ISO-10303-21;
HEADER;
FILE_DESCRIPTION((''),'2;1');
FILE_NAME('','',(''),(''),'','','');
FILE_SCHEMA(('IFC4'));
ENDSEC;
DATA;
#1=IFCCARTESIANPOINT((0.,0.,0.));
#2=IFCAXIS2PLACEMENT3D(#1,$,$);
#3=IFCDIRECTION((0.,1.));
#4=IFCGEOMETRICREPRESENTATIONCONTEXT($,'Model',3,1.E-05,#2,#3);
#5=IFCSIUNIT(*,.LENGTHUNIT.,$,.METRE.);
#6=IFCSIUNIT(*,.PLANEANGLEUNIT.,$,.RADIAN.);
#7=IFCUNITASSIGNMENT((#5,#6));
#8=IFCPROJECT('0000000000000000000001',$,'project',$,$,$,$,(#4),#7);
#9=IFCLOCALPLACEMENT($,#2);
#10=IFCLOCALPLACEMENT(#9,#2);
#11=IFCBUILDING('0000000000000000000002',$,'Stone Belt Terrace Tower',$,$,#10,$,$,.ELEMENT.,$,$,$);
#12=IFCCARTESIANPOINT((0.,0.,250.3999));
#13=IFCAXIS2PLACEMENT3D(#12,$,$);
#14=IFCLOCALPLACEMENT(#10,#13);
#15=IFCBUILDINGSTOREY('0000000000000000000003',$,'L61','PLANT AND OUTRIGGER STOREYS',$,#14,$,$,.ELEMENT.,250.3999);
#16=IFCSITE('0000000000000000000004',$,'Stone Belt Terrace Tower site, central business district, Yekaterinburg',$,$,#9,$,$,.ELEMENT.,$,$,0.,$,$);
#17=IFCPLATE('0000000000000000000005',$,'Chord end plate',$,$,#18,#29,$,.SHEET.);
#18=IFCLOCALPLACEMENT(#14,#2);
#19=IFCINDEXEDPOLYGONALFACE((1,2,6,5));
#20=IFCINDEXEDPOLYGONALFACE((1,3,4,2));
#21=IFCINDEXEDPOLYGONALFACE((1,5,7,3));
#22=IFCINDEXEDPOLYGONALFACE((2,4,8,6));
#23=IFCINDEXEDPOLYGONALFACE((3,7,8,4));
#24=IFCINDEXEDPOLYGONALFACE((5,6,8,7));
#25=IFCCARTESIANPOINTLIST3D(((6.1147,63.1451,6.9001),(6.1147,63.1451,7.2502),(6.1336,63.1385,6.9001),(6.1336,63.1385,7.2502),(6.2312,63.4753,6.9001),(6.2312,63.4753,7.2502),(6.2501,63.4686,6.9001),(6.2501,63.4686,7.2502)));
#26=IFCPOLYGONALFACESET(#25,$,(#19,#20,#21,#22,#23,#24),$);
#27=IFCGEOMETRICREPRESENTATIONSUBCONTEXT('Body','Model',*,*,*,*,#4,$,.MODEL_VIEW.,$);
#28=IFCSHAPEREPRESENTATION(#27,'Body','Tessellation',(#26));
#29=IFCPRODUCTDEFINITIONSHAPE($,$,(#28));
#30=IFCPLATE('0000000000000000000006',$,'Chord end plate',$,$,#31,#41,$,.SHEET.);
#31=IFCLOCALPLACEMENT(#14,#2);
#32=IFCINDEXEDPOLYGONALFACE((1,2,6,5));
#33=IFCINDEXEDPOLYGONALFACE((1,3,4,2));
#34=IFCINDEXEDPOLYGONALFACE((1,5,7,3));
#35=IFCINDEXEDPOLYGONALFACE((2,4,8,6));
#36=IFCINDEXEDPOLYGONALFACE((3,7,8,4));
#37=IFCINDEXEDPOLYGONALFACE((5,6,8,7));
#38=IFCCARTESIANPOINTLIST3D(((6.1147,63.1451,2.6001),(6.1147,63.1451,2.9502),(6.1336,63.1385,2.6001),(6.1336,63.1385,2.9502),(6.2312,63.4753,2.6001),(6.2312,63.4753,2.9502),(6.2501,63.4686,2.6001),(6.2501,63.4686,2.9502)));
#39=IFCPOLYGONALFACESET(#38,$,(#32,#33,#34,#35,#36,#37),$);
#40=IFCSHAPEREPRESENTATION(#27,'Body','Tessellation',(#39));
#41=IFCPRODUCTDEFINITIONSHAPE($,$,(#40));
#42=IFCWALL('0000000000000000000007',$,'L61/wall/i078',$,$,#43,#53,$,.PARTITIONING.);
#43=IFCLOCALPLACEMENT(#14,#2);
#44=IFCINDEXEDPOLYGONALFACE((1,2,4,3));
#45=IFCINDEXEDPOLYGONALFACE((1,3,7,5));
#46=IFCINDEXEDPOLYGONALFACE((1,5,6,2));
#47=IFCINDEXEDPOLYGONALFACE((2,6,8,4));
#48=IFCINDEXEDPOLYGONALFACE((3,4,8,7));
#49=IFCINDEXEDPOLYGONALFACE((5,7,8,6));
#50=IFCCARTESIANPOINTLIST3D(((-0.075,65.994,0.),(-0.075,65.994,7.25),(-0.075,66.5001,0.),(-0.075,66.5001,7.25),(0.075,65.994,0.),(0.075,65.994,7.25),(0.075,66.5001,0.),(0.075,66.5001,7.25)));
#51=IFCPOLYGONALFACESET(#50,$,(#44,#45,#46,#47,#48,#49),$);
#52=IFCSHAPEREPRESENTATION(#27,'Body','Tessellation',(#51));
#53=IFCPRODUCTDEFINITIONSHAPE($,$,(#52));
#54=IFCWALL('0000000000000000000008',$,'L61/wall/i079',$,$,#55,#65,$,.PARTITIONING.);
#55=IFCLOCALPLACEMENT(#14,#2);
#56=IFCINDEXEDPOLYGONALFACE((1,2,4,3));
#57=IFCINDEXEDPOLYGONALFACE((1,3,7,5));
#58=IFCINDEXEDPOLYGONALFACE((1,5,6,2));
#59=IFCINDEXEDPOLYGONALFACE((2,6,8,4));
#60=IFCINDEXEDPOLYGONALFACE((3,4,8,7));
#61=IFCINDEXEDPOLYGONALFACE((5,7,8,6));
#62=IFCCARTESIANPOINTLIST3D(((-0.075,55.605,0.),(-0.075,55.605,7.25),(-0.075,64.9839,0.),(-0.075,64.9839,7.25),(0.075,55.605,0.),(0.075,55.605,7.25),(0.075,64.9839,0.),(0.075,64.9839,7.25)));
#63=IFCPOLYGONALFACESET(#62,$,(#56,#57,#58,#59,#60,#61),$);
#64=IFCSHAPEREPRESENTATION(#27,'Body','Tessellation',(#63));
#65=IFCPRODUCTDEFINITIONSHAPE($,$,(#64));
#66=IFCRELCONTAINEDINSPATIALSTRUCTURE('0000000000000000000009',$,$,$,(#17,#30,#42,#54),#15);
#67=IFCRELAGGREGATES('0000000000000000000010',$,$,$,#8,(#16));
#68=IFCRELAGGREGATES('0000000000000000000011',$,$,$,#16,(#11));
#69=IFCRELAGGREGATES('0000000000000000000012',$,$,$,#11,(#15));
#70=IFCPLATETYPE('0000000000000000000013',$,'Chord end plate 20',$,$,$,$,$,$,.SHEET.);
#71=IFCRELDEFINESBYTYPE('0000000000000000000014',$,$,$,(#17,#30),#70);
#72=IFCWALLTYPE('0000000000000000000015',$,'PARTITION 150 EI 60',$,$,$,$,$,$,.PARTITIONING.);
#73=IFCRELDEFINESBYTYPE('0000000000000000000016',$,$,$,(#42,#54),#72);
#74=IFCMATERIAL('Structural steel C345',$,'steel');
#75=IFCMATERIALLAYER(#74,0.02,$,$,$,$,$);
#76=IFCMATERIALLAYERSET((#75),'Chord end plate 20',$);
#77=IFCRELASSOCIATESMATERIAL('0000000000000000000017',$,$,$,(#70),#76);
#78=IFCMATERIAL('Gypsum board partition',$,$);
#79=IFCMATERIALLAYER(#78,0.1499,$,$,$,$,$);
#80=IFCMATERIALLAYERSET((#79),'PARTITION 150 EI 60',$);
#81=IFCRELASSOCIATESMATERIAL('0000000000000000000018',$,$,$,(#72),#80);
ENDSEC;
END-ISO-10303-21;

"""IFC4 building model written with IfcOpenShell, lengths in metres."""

from ifc_helpers import new_model, si_unit, direction, frame, frame_2d, origin, origin_2d, place, context, subcontext, project, spatial, rectangle, extrude, material, layer, layer_set, type_object, element, save


model = new_model("IFC4")

# Units and contexts
model_context = context("Model", 3, precision=1e-05, world=origin(), true_north=direction((0.0, 1.0)))
body_context = subcontext(model_context, "Body", "Model", "MODEL_VIEW")
ifc_project = project(units=[si_unit("LENGTHUNIT", "METRE"), si_unit("PLANEANGLEUNIT", "RADIAN")], contexts=[model_context])

# Site, building, storey
site_placement = place(None, origin())
site = spatial("IfcSite", under=ifc_project, at=site_placement, Name="Stone Belt Terrace Tower site, central business district, Yekaterinburg", CompositionType="ELEMENT", RefElevation=0.0)
building_placement = place(site_placement, origin())
building = spatial("IfcBuilding", under=site, at=building_placement, Name="Stone Belt Terrace Tower", CompositionType="ELEMENT")
storey_placement = place(building_placement, frame((0.0, 0.0, 250.3999)))
storey = spatial("IfcBuildingStorey", under=building, at=storey_placement, Name="L61", Description="PLANT AND OUTRIGGER STOREYS", CompositionType="ELEMENT", Elevation=250.3999)

# Shared definitions
ifc_material_1 = material(Name="Structural steel C345", Category="steel")

# Plates
ifc_layer_1 = layer(ifc_material_1, 0.02)
ifc_layer_set_1 = layer_set([ifc_layer_1], Name="Chord end plate 20")
plate_type_1 = type_object("IfcPlateType", Name="Chord end plate 20", PredefinedType="SHEET", material=ifc_layer_set_1)
for number, where, z_axis, x_axis, name in (
    (1, (6.1824, 63.3069, 6.9001), (0.0, 0.0, 1.0), (0.942994, -0.33281, 0.0), "Chord end plate"),
    (2, (6.1824, 63.3069, 2.6001), (0.0, 0.0, 1.0), (0.942994, -0.33281, 0.0), "Chord end plate"),
):
    element("IfcPlate", number, at=place(storey_placement, frame(where, z_axis=z_axis, x_axis=x_axis)), inside=storey, type_object=plate_type_1, Name=name, PredefinedType="SHEET", context=body_context, shape_type="SweptSolid", body=[
        extrude(rectangle(XDim=0.02, YDim=0.3501, at=origin_2d()), origin(), (0.0, 0.0, 1.0), 0.3501),
    ])

# Walls
ifc_material_2 = material(Name="Gypsum board partition")
ifc_layer_2 = layer(ifc_material_2, 0.1499)
ifc_layer_set_2 = layer_set([ifc_layer_2], Name="PARTITION 150 EI 60")
wall_type = type_object("IfcWallType", Name="PARTITION 150 EI 60", PredefinedType="PARTITIONING", material=ifc_layer_set_2)
wall_1_placement = place(storey_placement, frame((0.0, 66.5, 0.0), z_axis=(0.0, 0.0, 1.0), x_axis=(0.0, -1.0, 0.0)))
element("IfcWall", 3, at=wall_1_placement, inside=storey, type_object=wall_type, Name="L61/wall/i078", PredefinedType="PARTITIONING", context=body_context, shape_type="SweptSolid", body=[
    extrude(rectangle(XDim=0.5061, YDim=0.1499, at=frame_2d((0.2529, 0.0))), origin(), (0.0, 0.0, 1.0), 7.25),
])
wall_2_placement = place(storey_placement, frame((0.0, 64.9839, 0.0), z_axis=(0.0, 0.0, 1.0), x_axis=(0.0, -1.0, 0.0)))
element("IfcWall", 4, at=wall_2_placement, inside=storey, type_object=wall_type, Name="L61/wall/i079", PredefinedType="PARTITIONING", context=body_context, shape_type="SweptSolid", body=[
    extrude(rectangle(XDim=9.3789, YDim=0.1499, at=frame_2d((4.6895, 0.0))), origin(), (0.0, 0.0, 1.0), 7.25),
])

save(model, "model.ifc")
